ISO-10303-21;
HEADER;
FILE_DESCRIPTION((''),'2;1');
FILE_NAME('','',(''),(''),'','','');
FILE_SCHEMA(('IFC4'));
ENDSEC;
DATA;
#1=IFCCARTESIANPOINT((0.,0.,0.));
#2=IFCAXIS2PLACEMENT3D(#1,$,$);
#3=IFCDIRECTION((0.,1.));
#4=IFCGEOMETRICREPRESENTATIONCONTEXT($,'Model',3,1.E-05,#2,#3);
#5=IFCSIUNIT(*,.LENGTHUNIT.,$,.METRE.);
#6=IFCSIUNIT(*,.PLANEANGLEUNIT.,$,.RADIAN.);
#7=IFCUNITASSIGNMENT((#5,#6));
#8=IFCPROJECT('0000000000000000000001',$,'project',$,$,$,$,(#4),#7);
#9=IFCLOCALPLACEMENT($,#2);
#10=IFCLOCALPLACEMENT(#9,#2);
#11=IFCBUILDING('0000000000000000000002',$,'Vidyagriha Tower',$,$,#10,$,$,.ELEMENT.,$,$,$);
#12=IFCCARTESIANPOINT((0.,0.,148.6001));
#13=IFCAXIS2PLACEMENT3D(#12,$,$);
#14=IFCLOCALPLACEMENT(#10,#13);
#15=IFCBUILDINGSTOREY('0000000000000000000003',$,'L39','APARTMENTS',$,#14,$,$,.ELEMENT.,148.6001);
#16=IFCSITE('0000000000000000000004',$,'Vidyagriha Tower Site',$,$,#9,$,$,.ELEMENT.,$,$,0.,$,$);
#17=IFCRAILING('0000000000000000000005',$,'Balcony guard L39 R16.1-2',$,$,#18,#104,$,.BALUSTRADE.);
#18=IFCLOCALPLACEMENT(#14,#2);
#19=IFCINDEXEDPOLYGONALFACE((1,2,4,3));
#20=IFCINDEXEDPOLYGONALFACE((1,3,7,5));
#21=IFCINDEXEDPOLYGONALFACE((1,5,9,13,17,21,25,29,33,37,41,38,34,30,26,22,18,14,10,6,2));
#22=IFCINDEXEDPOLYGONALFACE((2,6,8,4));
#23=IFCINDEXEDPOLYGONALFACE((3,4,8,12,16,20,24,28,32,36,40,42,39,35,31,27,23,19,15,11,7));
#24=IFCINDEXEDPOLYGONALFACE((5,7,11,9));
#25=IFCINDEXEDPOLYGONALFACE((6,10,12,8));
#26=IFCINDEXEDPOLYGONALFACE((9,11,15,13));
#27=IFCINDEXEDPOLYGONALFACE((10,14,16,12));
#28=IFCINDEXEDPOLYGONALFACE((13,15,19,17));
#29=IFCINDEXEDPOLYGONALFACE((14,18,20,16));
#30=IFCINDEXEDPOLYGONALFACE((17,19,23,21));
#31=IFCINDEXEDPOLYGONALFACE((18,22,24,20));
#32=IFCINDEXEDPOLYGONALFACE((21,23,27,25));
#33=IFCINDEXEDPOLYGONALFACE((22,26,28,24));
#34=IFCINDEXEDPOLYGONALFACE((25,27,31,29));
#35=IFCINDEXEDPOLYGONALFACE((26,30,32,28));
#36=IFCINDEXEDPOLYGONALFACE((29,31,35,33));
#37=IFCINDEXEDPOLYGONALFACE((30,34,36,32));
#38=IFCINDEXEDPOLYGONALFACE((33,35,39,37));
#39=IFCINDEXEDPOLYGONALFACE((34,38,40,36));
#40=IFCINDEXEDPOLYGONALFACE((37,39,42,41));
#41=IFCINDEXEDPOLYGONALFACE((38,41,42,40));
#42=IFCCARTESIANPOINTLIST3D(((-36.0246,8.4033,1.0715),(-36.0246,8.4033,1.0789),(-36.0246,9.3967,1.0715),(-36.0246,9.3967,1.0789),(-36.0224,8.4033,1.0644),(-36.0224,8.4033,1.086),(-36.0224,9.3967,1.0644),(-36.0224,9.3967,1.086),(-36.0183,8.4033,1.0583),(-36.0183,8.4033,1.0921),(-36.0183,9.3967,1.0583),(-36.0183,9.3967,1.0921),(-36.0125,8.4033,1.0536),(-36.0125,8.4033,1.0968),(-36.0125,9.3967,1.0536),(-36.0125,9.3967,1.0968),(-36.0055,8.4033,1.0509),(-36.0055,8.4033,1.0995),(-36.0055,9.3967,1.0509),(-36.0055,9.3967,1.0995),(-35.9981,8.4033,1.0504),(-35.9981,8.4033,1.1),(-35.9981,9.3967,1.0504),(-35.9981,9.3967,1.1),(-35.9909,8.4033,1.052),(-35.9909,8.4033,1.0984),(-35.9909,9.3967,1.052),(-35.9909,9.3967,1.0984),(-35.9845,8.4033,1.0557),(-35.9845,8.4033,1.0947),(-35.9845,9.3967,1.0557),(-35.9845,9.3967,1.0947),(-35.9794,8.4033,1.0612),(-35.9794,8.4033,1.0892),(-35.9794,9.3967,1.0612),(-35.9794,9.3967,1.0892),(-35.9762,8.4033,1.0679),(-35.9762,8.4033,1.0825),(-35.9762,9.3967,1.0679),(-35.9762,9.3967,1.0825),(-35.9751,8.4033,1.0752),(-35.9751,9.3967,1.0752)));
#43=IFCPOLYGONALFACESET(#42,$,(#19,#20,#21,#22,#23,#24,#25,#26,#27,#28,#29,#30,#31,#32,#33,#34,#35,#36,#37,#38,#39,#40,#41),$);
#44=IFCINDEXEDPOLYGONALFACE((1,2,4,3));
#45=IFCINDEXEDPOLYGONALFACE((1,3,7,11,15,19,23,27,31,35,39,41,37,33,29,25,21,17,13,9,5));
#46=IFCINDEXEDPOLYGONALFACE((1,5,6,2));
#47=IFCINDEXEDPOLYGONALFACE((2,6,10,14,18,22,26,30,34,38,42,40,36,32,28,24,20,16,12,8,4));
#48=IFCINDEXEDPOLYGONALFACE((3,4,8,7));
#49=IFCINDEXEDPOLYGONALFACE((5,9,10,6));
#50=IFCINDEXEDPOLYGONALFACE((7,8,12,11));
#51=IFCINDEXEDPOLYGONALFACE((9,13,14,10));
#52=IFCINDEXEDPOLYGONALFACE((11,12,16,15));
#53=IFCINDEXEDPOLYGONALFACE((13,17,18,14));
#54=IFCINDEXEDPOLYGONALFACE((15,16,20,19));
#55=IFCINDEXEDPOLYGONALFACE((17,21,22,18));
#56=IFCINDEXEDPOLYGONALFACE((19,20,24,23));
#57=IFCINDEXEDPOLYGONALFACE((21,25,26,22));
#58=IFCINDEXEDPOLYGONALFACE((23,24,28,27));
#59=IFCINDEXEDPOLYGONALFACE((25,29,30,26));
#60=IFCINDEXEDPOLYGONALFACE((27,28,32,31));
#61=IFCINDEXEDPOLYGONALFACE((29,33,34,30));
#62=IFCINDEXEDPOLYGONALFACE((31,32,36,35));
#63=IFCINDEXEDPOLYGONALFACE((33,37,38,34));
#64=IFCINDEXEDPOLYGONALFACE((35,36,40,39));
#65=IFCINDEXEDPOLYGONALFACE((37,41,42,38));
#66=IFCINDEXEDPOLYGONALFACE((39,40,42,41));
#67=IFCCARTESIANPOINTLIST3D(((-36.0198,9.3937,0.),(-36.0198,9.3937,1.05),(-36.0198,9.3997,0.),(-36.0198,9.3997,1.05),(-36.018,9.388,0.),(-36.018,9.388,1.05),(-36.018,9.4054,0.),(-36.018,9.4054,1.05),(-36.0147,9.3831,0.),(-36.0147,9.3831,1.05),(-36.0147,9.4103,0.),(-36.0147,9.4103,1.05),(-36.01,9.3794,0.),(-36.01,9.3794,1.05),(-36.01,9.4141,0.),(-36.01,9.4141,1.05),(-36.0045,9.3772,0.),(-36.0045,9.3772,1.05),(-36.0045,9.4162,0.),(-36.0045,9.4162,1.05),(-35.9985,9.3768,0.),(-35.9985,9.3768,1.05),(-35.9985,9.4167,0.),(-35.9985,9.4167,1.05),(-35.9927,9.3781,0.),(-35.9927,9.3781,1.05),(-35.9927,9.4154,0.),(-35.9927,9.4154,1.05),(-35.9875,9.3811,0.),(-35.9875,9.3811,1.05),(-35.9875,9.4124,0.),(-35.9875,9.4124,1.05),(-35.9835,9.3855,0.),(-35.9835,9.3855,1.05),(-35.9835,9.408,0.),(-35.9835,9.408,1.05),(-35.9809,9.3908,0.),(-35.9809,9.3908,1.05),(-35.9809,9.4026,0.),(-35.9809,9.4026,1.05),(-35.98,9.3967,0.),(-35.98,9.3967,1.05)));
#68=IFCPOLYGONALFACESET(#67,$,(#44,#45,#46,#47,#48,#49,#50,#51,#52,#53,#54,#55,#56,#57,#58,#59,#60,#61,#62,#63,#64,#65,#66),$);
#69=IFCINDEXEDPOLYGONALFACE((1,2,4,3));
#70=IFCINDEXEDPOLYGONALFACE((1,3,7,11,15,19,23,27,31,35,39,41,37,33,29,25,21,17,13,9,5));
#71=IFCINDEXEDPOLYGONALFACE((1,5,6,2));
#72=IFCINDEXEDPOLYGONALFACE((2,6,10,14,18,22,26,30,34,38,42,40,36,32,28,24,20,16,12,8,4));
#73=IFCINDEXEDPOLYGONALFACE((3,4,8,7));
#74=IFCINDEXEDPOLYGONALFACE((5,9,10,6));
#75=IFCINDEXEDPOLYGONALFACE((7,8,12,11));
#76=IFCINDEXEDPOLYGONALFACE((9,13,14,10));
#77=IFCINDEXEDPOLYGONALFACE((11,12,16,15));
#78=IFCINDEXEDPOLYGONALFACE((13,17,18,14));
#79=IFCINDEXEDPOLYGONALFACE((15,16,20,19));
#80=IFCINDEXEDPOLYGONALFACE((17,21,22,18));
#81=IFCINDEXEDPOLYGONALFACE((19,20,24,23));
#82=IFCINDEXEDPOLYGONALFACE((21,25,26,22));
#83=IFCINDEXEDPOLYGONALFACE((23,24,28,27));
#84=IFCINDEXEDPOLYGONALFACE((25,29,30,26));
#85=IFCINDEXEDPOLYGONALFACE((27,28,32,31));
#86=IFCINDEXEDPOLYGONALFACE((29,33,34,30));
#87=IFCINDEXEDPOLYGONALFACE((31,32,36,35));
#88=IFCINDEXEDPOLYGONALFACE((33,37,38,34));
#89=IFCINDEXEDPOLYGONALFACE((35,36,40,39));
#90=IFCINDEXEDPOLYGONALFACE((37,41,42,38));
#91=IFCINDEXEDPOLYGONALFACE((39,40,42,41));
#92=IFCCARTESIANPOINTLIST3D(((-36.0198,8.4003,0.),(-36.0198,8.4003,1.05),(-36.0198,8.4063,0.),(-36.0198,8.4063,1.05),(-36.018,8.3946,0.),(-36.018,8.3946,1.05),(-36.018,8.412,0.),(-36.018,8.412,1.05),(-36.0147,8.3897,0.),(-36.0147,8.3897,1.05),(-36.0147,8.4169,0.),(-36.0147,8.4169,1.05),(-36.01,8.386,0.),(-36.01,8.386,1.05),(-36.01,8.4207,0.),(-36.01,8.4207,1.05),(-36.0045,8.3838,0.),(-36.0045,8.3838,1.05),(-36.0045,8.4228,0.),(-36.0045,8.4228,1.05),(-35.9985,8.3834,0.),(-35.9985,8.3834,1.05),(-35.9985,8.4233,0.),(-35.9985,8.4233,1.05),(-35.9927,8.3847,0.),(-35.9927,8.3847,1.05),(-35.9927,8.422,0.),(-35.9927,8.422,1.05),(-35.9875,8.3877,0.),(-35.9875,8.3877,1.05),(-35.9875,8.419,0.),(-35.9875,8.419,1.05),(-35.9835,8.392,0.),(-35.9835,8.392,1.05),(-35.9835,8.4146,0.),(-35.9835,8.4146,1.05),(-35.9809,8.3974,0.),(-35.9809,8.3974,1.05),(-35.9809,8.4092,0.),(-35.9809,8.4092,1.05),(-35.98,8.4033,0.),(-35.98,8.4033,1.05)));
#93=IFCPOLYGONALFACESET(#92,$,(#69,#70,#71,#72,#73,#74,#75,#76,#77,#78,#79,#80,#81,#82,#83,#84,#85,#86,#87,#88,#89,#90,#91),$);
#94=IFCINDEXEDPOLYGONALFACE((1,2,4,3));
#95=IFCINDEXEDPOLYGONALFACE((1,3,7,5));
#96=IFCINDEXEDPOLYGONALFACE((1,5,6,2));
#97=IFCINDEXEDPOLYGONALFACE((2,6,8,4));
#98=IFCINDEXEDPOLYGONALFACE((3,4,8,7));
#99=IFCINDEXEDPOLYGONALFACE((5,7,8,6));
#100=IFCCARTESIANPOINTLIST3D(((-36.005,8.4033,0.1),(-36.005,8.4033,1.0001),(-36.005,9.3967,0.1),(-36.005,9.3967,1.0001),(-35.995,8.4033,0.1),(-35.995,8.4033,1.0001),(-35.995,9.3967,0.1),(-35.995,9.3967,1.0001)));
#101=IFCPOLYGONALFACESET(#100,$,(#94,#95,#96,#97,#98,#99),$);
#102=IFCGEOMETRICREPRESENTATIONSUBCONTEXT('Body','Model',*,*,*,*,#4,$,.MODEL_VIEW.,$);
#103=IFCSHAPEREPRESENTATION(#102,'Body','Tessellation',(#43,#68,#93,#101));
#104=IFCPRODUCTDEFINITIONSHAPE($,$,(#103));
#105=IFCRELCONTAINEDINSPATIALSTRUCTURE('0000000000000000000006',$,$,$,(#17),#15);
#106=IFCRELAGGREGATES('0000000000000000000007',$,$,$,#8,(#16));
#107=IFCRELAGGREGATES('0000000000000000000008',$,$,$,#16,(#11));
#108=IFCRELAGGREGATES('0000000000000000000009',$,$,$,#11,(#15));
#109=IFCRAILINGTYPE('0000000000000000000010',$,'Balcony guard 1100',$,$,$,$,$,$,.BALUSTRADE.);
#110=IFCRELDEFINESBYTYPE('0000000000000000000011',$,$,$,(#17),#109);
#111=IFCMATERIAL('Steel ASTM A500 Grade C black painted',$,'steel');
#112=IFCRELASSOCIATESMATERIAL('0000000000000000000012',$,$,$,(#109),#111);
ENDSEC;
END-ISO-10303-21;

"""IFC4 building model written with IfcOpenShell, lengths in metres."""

from ifc_helpers import new_model, si_unit, direction, frame, origin, origin_2d, place, context, subcontext, project, spatial, rectangle, circle, extrude, material, type_object, element, save


model = new_model("IFC4")

# Units and contexts
model_context = context("Model", 3, precision=1e-05, world=origin(), true_north=direction((0.0, 1.0)))
body_context = subcontext(model_context, "Body", "Model", "MODEL_VIEW")
ifc_project = project(units=[si_unit("LENGTHUNIT", "METRE"), si_unit("PLANEANGLEUNIT", "RADIAN")], contexts=[model_context])

# Site, building, storey
site_placement = place(None, origin())
site = spatial("IfcSite", under=ifc_project, at=site_placement, Name="Vidyagriha Tower Site", CompositionType="ELEMENT", RefElevation=0.0)
building_placement = place(site_placement, origin())
building = spatial("IfcBuilding", under=site, at=building_placement, Name="Vidyagriha Tower", CompositionType="ELEMENT")
storey_placement = place(building_placement, frame((0.0, 0.0, 148.6001)))
storey = spatial("IfcBuildingStorey", under=building, at=storey_placement, Name="L39", Description="APARTMENTS", CompositionType="ELEMENT", Elevation=148.6001)

# Railing
ifc_material_1 = material(Name="Steel ASTM A500 Grade C black painted", Category="steel")
railing_type = type_object("IfcRailingType", Name="Balcony guard 1100", PredefinedType="BALUSTRADE", material=ifc_material_1)
railing_1_placement = place(storey_placement, frame((-36.0, 9.3967, 0.0)))
element("IfcRailing", 1, at=railing_1_placement, inside=storey, type_object=railing_type, Name="Balcony guard L39 R16.1-2", PredefinedType="BALUSTRADE", context=body_context, shape_type="SweptSolid", body=[
    extrude(circle(Radius=0.0249, at=origin_2d()), frame((0.0, 0.0, 1.0752), z_axis=(0.0, -1.0, 0.0), x_axis=(1.0, 0.0, 0.0)), (0.0, 0.0, 1.0), 0.9934),
    extrude(circle(Radius=0.02, at=origin_2d()), origin(), (0.0, 0.0, 1.0), 1.05),
    extrude(circle(Radius=0.02, at=origin_2d()), frame((0.0, -0.9934, 0.0)), (0.0, 0.0, 1.0), 1.05),
    extrude(rectangle(XDim=0.01, YDim=0.9001, at=origin_2d()), frame((0.0, 0.0, 0.55), z_axis=(0.0, -1.0, 0.0), x_axis=(1.0, 0.0, 0.0)), (0.0, 0.0, 1.0), 0.9934),
])

save(model, "model.ifc")
